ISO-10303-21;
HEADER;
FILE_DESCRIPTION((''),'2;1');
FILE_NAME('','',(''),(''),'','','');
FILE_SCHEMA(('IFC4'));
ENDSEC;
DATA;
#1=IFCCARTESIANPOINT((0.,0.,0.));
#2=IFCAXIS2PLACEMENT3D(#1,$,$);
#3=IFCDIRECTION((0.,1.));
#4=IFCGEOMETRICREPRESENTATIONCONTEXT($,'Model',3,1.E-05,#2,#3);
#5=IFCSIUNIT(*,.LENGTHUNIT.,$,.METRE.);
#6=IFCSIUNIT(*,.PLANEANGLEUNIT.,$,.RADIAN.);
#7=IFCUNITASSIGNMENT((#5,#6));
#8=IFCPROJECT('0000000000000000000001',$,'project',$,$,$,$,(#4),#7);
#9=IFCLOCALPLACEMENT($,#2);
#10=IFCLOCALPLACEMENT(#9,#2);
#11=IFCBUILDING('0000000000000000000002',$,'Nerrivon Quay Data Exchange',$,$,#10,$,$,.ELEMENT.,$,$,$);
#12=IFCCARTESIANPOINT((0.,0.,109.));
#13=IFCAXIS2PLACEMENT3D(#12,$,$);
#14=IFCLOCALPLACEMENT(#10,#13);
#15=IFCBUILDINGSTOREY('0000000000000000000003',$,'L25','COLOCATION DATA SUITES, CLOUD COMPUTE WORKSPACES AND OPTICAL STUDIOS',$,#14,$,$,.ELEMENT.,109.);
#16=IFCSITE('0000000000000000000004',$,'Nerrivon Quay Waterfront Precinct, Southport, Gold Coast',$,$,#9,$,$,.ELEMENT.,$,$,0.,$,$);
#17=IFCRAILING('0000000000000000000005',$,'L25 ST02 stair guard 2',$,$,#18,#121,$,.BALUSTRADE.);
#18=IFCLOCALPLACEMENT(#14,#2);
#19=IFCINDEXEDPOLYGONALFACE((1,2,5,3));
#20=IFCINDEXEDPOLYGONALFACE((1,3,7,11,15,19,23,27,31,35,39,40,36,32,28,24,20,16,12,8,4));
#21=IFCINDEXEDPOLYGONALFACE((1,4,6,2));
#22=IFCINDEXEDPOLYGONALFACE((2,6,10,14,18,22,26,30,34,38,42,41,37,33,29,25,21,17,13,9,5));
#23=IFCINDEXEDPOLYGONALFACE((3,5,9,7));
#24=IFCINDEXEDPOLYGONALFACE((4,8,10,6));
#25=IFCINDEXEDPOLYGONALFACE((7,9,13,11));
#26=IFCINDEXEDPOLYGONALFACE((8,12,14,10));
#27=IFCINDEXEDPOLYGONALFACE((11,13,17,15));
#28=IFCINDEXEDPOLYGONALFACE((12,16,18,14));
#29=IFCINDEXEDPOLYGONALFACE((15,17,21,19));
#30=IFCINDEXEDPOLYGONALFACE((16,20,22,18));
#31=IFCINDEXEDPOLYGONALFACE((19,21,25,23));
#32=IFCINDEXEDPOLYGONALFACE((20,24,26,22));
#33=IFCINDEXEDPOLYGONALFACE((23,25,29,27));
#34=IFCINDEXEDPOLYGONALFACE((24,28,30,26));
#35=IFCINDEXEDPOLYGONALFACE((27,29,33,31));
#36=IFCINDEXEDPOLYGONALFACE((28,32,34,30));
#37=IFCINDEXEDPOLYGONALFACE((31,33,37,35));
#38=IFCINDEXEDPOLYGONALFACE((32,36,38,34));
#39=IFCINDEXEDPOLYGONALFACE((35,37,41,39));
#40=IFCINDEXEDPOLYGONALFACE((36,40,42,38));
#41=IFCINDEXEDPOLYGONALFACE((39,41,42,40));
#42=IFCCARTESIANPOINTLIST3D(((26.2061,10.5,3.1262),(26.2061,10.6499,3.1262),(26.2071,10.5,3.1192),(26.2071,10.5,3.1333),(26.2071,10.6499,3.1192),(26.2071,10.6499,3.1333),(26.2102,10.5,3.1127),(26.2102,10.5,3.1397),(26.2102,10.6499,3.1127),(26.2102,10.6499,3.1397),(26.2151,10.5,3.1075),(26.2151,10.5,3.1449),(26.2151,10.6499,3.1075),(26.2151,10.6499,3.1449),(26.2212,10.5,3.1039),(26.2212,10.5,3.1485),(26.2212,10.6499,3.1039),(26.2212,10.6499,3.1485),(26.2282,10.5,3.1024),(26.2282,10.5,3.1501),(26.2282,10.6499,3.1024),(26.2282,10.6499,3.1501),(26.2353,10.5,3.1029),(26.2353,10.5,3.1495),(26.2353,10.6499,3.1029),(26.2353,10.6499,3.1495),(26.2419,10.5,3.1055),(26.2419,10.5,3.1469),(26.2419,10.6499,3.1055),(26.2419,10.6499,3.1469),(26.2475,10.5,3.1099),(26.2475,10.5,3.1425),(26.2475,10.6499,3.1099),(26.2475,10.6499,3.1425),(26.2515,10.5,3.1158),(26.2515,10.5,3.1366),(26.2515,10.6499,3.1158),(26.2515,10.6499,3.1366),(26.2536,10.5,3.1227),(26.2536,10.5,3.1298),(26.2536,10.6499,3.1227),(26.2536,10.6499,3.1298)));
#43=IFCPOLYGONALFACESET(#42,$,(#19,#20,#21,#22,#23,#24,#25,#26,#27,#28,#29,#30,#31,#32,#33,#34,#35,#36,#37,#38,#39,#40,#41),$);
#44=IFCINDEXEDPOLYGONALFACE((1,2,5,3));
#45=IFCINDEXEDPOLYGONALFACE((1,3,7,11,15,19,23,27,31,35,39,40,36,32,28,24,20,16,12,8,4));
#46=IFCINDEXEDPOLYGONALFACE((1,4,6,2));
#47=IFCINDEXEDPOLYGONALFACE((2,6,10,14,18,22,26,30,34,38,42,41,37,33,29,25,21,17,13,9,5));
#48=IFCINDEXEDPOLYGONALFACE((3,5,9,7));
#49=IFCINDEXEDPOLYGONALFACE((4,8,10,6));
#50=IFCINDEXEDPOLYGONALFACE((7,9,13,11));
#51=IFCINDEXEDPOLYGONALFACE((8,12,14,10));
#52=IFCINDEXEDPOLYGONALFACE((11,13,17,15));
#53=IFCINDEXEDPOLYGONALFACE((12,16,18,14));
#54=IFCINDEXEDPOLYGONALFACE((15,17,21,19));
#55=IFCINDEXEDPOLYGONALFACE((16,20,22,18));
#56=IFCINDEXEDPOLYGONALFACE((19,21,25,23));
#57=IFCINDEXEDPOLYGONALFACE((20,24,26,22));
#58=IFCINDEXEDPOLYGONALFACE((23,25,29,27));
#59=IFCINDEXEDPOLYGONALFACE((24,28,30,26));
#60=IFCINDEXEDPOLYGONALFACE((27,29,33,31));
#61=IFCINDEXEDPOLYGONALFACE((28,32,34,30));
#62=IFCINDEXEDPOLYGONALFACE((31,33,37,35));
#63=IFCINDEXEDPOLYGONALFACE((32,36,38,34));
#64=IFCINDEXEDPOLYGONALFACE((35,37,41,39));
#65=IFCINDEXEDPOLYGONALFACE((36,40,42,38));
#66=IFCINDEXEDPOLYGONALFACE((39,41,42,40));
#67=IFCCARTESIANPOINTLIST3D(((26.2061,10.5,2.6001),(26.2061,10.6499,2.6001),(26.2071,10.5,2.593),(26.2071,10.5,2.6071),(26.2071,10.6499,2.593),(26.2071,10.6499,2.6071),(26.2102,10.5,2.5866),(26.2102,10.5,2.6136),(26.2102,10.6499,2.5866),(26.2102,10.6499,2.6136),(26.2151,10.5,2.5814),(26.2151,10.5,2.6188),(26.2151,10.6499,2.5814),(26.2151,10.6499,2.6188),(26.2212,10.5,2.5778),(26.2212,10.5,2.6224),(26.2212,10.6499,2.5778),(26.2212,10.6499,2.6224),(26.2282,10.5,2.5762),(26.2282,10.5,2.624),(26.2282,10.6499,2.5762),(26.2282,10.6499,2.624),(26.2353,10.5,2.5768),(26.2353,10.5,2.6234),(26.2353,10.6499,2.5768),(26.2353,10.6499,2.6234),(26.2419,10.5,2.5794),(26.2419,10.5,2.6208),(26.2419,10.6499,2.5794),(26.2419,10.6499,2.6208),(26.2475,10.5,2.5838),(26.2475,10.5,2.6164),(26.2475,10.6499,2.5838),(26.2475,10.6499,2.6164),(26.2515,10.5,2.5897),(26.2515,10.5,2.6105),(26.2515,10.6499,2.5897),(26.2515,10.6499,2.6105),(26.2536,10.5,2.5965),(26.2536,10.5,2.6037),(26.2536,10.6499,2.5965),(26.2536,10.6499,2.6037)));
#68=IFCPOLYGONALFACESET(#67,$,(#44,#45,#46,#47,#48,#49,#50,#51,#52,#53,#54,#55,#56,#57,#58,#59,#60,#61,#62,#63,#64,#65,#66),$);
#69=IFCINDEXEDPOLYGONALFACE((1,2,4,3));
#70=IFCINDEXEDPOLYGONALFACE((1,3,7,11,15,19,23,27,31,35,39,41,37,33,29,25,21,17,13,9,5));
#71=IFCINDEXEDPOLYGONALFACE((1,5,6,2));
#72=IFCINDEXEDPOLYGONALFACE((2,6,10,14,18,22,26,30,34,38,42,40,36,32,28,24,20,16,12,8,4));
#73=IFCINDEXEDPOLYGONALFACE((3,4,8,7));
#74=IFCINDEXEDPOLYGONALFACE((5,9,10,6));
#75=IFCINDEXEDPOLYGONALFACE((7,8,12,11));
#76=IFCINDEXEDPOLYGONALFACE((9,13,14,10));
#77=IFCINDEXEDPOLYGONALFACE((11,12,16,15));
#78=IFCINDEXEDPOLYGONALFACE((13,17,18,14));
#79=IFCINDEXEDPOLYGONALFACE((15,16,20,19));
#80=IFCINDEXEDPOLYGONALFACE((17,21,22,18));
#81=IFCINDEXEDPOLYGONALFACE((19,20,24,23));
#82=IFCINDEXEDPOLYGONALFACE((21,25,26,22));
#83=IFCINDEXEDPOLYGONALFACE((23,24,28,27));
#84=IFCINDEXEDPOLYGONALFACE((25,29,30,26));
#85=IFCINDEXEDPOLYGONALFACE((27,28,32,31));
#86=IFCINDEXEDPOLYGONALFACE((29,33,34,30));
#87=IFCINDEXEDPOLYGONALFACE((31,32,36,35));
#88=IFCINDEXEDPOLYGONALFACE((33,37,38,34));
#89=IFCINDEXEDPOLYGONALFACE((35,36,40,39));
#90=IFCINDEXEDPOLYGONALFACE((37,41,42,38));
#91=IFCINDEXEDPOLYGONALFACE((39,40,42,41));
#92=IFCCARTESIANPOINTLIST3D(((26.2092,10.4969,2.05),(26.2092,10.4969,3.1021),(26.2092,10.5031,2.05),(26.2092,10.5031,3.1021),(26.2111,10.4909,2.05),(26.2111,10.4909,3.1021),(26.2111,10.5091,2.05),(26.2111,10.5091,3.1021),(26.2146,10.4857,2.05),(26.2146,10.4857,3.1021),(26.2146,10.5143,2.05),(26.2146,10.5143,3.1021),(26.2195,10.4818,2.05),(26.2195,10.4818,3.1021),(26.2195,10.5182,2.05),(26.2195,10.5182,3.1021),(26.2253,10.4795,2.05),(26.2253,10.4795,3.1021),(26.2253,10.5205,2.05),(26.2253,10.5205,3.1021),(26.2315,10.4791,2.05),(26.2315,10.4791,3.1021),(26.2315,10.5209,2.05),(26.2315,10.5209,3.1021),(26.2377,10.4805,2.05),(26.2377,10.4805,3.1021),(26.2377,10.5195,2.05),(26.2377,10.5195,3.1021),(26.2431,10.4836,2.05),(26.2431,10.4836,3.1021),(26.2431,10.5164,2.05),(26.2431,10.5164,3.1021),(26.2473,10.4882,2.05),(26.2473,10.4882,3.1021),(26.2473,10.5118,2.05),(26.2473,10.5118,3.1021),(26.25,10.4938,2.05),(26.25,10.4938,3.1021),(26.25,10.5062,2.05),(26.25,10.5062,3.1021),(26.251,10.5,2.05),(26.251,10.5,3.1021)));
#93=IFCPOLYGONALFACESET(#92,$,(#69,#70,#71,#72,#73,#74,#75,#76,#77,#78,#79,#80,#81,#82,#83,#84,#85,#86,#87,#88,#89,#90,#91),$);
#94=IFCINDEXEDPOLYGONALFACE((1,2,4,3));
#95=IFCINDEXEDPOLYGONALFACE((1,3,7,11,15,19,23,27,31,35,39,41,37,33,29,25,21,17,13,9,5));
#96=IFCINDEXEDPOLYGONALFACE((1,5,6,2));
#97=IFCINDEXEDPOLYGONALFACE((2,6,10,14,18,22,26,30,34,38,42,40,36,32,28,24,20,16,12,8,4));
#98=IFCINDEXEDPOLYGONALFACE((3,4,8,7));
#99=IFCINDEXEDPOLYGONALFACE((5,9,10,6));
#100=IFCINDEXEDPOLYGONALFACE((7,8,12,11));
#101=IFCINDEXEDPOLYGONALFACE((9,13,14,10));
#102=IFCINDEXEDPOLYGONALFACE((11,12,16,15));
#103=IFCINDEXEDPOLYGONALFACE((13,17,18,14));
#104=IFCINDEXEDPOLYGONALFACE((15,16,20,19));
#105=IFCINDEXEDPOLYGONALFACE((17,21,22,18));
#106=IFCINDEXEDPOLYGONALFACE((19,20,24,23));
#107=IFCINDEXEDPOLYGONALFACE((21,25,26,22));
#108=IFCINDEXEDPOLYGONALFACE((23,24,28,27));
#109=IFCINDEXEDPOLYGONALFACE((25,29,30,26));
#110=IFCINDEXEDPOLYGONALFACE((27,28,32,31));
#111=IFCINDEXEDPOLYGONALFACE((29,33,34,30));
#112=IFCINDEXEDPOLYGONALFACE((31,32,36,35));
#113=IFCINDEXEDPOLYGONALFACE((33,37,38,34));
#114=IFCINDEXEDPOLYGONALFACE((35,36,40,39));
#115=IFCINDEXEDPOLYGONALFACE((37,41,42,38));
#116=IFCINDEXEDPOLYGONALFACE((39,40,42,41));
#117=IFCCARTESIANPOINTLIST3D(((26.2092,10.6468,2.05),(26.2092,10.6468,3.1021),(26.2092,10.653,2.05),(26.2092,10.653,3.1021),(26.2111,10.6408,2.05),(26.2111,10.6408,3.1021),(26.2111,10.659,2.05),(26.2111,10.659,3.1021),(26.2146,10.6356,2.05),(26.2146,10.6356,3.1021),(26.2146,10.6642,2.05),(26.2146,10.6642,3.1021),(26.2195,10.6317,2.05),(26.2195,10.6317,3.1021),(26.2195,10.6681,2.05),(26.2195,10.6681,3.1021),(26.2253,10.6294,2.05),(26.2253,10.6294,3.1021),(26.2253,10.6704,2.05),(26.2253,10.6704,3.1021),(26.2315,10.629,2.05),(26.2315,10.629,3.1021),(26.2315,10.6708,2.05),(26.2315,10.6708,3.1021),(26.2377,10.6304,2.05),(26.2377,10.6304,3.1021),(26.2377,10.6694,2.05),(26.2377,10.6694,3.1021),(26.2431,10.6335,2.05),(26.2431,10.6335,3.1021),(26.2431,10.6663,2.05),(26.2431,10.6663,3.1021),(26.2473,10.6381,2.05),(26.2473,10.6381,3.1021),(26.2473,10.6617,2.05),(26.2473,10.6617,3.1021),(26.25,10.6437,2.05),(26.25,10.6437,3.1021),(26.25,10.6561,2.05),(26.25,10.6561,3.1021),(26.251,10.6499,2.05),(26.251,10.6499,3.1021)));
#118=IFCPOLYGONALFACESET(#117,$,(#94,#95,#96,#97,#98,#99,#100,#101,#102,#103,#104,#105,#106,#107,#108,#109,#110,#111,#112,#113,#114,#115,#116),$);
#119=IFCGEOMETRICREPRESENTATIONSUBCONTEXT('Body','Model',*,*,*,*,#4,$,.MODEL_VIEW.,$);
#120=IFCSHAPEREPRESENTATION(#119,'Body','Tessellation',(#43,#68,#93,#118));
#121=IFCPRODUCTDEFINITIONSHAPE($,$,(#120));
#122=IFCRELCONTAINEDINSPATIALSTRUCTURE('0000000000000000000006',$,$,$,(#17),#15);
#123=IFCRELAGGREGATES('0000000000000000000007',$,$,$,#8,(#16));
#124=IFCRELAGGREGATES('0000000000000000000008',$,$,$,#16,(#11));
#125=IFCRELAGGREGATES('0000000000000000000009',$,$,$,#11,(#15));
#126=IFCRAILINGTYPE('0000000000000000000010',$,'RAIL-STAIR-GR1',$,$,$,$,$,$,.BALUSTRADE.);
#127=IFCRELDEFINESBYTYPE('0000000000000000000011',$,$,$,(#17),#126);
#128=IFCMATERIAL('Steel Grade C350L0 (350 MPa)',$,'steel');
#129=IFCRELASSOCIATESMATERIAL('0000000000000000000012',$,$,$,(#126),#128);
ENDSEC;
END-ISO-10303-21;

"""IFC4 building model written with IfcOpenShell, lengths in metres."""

from ifc_helpers import new_model, si_unit, direction, frame, origin, origin_2d, place, context, subcontext, project, spatial, circle, extrude, material, type_object, element, save


model = new_model("IFC4")

# Units and contexts
model_context = context("Model", 3, precision=1e-05, world=origin(), true_north=direction((0.0, 1.0)))
body_context = subcontext(model_context, "Body", "Model", "MODEL_VIEW")
ifc_project = project(units=[si_unit("LENGTHUNIT", "METRE"), si_unit("PLANEANGLEUNIT", "RADIAN")], contexts=[model_context])

# Site, building, storey
site_placement = place(None, origin())
site = spatial("IfcSite", under=ifc_project, at=site_placement, Name="Nerrivon Quay Waterfront Precinct, Southport, Gold Coast", CompositionType="ELEMENT", RefElevation=0.0)
building_placement = place(site_placement, origin())
building = spatial("IfcBuilding", under=site, at=building_placement, Name="Nerrivon Quay Data Exchange", CompositionType="ELEMENT")
storey_placement = place(building_placement, frame((0.0, 0.0, 109.0)))
storey = spatial("IfcBuildingStorey", under=building, at=storey_placement, Name="L25", Description="COLOCATION DATA SUITES, CLOUD COMPUTE WORKSPACES AND OPTICAL STUDIOS", CompositionType="ELEMENT", Elevation=109.0)

# Railing
ifc_material_1 = material(Name="Steel Grade C350L0 (350 MPa)", Category="steel")
railing_type_1 = type_object("IfcRailingType", Name="RAIL-STAIR-GR1", PredefinedType="BALUSTRADE", material=ifc_material_1)
railing_1_placement = place(storey_placement, frame((26.23, 10.5, 2.05)))
element("IfcRailing", 1, at=railing_1_placement, inside=storey, type_object=railing_type_1, Name="L25 ST02 stair guard 2", PredefinedType="BALUSTRADE", context=body_context, shape_type="SweptSolid", body=[
    extrude(circle(Radius=0.0239, at=origin_2d()), frame((0.0, 0.0, 1.0762), z_axis=(0.0, 1.0, 0.0), x_axis=(-1.0, 0.0, 0.0)), (0.0, 0.0, 1.0), 0.1499),
    extrude(circle(Radius=0.0239, at=origin_2d()), frame((0.0, 0.0, 0.55), z_axis=(0.0, 1.0, 0.0), x_axis=(-1.0, 0.0, 0.0)), (0.0, 0.0, 1.0), 0.1499),
    extrude(circle(Radius=0.021, at=origin_2d()), origin(), (0.0, 0.0, 1.0), 1.052),
    extrude(circle(Radius=0.021, at=origin_2d()), frame((0.0, 0.1499, 0.0)), (0.0, 0.0, 1.0), 1.052),
])

save(model, "model.ifc")
